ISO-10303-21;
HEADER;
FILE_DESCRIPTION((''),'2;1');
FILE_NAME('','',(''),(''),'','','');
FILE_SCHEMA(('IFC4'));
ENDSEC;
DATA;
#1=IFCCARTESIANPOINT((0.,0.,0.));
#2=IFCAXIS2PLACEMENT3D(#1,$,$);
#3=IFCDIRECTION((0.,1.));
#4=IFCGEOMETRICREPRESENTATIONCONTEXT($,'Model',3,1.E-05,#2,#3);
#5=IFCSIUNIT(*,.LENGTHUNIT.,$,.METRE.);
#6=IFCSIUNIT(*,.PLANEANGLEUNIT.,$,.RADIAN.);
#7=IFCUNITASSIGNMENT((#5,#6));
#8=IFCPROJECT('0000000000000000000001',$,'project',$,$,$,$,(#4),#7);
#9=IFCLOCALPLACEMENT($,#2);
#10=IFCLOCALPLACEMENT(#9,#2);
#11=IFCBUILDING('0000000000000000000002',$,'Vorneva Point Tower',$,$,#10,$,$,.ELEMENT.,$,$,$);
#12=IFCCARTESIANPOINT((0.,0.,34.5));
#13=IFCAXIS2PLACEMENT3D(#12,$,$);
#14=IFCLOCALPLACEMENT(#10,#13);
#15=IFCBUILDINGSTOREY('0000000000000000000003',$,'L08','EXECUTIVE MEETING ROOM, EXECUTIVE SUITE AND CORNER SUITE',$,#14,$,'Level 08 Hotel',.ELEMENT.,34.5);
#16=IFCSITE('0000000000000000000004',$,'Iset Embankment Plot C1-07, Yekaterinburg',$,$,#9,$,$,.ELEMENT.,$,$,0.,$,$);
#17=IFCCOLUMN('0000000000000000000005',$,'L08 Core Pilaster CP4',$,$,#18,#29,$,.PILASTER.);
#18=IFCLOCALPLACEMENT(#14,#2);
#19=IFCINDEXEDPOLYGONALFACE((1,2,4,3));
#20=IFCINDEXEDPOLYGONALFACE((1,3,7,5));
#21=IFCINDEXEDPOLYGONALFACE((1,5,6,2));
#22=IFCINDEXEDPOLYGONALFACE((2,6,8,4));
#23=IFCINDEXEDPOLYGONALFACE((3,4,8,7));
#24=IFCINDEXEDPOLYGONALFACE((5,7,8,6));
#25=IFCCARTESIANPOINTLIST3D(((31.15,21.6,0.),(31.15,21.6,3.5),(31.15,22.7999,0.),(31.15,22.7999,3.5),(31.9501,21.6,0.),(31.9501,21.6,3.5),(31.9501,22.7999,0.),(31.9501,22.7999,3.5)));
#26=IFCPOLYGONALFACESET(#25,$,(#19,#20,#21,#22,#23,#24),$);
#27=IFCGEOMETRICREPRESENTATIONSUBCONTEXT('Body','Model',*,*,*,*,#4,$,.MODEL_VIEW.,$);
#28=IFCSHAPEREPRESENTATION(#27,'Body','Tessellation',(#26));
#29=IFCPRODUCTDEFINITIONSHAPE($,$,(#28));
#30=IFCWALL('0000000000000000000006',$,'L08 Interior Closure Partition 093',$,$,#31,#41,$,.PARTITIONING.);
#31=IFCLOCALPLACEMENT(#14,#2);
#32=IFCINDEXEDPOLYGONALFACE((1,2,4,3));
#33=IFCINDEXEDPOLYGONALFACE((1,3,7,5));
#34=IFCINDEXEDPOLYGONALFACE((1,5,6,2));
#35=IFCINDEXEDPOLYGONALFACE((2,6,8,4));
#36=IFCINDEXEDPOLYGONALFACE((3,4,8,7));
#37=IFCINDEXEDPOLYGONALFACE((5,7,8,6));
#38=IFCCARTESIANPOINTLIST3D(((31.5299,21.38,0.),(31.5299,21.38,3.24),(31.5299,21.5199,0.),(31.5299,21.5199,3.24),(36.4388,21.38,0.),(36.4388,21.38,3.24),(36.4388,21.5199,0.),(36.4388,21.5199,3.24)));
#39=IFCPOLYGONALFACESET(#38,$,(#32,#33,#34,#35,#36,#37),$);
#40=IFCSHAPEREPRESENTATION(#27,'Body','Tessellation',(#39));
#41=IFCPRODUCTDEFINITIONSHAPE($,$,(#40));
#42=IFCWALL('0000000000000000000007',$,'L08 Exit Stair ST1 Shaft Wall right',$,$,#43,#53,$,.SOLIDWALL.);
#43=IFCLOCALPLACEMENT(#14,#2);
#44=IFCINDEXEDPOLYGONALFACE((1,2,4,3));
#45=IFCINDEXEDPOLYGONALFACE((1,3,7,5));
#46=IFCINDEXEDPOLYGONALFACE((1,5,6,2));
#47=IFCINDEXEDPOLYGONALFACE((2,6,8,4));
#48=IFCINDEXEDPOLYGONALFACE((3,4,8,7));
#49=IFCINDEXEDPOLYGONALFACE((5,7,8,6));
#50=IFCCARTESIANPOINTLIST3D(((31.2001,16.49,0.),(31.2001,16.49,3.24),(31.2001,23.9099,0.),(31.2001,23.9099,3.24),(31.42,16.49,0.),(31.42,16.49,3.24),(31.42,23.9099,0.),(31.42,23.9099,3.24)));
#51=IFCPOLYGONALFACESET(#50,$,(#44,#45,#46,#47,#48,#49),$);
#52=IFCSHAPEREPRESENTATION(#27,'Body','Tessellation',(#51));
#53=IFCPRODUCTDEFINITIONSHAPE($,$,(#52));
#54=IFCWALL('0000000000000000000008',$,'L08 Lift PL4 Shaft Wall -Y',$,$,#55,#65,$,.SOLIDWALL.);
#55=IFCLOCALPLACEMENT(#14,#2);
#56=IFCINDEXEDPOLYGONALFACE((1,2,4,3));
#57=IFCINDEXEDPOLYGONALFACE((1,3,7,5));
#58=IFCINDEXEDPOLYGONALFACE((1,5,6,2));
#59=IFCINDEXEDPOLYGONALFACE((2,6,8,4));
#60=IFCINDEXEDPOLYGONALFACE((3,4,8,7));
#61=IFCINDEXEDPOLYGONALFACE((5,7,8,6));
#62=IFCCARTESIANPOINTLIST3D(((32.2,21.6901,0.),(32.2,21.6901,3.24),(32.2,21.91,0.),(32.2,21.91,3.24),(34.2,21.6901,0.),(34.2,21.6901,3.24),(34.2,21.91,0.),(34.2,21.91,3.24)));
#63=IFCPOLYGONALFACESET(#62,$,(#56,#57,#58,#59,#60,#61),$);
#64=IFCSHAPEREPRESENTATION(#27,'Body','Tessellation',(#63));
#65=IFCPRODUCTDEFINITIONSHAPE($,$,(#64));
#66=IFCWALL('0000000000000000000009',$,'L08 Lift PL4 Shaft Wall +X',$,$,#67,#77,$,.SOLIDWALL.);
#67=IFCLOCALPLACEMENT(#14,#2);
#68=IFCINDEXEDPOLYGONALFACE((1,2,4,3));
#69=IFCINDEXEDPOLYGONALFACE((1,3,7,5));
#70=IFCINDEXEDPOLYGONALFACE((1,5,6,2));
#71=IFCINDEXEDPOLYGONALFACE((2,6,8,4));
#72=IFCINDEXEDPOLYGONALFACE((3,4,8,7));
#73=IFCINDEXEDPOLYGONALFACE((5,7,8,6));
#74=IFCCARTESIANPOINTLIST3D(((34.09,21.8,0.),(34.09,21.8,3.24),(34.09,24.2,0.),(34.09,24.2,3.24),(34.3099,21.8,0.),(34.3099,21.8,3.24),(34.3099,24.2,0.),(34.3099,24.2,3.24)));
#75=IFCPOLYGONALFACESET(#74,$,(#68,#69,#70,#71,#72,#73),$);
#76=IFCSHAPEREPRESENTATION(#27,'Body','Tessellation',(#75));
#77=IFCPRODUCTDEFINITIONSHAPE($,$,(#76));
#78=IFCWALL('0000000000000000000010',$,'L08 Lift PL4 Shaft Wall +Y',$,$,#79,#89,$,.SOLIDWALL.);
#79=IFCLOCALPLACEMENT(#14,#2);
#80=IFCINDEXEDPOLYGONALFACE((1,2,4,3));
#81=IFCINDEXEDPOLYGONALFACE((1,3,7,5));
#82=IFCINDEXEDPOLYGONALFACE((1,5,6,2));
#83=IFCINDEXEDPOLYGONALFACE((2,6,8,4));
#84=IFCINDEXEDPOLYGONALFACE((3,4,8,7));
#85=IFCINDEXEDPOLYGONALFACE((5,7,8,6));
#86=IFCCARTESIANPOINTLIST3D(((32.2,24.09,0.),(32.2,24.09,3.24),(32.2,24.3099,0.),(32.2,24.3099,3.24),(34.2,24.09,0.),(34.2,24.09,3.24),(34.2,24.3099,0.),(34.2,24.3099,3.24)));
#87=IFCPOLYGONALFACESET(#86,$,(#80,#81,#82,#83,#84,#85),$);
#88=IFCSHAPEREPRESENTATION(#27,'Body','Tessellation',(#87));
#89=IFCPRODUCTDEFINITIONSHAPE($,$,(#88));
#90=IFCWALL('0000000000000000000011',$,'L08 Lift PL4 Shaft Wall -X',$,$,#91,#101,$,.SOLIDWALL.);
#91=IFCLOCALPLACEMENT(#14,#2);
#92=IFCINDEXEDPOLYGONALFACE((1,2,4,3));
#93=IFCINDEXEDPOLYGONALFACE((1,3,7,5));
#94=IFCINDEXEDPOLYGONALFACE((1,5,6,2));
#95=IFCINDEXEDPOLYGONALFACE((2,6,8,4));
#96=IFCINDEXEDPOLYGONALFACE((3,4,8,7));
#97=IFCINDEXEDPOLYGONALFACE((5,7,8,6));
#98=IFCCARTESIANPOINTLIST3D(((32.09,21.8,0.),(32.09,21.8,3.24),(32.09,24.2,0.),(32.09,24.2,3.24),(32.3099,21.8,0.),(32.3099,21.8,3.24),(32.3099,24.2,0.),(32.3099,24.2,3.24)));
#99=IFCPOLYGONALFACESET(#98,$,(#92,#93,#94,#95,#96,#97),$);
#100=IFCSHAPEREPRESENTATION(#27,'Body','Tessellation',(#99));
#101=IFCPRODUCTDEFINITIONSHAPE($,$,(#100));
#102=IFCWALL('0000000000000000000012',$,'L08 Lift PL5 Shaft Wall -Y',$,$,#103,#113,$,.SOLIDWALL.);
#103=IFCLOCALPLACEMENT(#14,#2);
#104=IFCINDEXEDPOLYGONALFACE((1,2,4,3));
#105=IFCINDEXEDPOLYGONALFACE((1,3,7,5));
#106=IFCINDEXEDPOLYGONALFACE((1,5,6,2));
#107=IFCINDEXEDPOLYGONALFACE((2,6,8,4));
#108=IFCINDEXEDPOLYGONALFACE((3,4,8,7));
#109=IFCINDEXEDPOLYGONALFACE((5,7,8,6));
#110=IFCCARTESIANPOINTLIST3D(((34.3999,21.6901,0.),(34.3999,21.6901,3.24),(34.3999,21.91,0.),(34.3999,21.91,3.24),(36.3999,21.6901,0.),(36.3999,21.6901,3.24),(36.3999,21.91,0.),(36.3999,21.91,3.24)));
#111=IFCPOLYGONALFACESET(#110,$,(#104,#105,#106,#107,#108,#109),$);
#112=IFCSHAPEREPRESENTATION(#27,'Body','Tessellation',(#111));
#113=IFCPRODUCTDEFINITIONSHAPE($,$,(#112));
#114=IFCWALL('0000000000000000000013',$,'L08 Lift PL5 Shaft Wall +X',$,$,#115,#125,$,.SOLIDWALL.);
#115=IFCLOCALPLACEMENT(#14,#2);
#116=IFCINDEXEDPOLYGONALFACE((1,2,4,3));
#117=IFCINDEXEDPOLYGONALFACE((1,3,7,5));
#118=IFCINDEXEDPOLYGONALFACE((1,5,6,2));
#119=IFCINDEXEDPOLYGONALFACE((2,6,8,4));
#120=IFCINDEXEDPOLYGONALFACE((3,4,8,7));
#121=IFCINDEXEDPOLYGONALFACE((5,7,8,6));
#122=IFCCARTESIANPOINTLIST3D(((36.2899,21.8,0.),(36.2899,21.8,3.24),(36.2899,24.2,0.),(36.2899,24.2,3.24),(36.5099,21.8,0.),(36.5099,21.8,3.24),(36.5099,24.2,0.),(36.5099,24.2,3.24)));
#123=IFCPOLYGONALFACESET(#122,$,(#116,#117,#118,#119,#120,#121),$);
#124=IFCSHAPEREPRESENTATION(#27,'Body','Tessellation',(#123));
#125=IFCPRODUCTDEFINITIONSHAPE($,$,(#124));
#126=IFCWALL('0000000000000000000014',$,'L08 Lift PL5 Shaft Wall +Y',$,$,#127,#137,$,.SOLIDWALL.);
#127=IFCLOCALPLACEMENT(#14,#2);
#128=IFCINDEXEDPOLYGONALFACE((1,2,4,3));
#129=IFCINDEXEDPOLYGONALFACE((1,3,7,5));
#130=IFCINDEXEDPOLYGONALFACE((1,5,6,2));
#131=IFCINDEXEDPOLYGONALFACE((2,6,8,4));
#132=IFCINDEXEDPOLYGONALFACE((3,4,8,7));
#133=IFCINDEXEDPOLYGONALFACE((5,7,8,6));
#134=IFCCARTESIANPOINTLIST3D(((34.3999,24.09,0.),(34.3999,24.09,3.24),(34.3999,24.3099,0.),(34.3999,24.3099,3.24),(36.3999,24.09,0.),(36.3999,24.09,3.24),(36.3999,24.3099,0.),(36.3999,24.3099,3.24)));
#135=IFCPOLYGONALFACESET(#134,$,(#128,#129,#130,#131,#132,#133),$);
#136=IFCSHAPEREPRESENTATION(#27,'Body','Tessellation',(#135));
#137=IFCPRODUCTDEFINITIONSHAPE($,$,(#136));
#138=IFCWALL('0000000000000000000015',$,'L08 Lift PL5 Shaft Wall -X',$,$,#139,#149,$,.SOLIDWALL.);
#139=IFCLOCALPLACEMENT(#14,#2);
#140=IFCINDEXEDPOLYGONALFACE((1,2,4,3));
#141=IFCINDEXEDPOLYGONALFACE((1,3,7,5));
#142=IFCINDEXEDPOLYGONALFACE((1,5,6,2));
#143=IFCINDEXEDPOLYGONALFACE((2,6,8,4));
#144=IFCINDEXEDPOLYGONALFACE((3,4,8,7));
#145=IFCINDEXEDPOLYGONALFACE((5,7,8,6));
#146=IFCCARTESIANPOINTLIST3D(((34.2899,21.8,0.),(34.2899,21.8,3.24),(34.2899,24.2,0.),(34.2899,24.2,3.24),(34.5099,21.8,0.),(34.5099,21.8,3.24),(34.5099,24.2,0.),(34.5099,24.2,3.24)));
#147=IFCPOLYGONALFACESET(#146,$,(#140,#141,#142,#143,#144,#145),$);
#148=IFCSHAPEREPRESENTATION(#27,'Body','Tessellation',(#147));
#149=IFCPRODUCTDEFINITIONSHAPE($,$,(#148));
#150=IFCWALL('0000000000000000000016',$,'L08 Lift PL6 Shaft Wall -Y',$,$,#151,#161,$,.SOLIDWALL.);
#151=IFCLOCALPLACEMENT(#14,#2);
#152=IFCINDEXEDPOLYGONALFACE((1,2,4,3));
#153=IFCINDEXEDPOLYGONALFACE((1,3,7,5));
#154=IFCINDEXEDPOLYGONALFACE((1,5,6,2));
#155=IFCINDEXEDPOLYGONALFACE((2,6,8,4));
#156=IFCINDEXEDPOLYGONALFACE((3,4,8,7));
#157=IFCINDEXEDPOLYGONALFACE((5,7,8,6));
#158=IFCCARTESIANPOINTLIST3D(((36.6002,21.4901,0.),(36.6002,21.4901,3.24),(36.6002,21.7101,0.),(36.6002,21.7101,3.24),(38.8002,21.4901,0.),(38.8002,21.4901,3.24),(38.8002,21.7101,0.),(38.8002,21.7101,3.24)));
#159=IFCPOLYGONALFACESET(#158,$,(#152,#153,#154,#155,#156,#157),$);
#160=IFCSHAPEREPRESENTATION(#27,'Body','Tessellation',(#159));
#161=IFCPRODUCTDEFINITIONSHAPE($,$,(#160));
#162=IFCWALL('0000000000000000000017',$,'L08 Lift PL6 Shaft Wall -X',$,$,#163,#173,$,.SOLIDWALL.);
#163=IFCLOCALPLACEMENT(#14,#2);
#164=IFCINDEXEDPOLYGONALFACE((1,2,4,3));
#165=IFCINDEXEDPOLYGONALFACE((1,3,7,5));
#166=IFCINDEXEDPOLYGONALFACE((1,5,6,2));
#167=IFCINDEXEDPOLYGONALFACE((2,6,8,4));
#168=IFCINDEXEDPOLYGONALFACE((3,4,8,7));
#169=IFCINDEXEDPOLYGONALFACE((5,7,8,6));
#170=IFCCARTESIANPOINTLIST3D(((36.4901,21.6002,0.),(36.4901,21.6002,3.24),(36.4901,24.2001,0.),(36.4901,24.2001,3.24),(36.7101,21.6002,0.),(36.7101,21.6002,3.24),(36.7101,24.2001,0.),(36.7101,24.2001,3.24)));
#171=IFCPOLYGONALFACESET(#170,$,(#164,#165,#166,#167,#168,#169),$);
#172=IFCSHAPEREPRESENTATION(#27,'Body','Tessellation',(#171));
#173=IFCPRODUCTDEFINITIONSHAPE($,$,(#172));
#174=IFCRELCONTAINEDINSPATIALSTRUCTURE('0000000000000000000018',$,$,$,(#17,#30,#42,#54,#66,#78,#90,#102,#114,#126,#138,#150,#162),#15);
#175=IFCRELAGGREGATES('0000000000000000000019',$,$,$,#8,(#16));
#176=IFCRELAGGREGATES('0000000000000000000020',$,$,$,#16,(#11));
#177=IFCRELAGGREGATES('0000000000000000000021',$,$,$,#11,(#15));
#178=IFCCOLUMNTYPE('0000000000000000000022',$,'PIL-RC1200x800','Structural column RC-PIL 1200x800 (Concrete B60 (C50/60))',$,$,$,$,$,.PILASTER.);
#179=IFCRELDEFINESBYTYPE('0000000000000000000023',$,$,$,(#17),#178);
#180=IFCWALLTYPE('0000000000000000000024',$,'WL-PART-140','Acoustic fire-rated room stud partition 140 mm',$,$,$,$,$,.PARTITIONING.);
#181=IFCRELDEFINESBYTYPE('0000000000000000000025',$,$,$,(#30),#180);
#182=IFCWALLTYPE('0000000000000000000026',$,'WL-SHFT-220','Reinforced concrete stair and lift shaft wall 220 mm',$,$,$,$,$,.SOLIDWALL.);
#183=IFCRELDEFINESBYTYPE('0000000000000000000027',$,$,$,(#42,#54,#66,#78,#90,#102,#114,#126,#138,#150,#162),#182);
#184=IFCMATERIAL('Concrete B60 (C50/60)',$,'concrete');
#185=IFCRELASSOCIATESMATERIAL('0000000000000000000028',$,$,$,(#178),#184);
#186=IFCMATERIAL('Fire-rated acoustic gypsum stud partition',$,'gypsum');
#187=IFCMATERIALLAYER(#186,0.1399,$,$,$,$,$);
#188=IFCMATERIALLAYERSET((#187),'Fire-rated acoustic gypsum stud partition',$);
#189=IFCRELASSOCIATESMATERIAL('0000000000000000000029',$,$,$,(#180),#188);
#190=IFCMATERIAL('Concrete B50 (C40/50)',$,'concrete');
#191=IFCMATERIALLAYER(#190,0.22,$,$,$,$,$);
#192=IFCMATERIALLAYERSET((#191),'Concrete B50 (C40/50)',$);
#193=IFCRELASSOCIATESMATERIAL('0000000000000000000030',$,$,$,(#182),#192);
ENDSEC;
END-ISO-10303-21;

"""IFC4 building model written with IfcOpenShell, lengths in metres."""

from ifc_helpers import new_model, si_unit, direction, frame, frame_2d, origin, origin_2d, place, context, subcontext, project, spatial, rectangle, extrude, material, layer, layer_set, material_profile, profile_set, type_object, element, save


model = new_model("IFC4")

# Units and contexts
model_context = context("Model", 3, precision=1e-05, world=origin(), true_north=direction((0.0, 1.0)))
body_context = subcontext(model_context, "Body", "Model", "MODEL_VIEW")
ifc_project = project(units=[si_unit("LENGTHUNIT", "METRE"), si_unit("PLANEANGLEUNIT", "RADIAN")], contexts=[model_context])

# Site, building, storey
site_placement = place(None, origin())
site = spatial("IfcSite", under=ifc_project, at=site_placement, Name="Iset Embankment Plot C1-07, Yekaterinburg", CompositionType="ELEMENT", RefElevation=0.0)
building_placement = place(site_placement, origin())
building = spatial("IfcBuilding", under=site, at=building_placement, Name="Vorneva Point Tower", CompositionType="ELEMENT")
storey_placement = place(building_placement, frame((0.0, 0.0, 34.5)))
storey = spatial("IfcBuildingStorey", under=building, at=storey_placement, Name="L08", Description="EXECUTIVE MEETING ROOM, EXECUTIVE SUITE AND CORNER SUITE", LongName="Level 08 Hotel", CompositionType="ELEMENT", Elevation=34.5)

# Column
ifc_material_1 = material(Name="Concrete B60 (C50/60)", Category="concrete")
ifc_material_profile = material_profile(ifc_material_1, rectangle(XDim=0.8, YDim=1.2, at=origin_2d()), Name="RC-PIL 1200x800")
ifc_profile_set = profile_set([ifc_material_profile], Name="Concrete B60 (C50/60)")
column_type = type_object("IfcColumnType", Name="PIL-RC1200x800", Description="Structural column RC-PIL 1200x800 (Concrete B60 (C50/60))", PredefinedType="PILASTER", material=ifc_profile_set)
column_placement = place(storey_placement, frame((31.55, 22.2, 0.0), z_axis=(0.0, 0.0, 1.0), x_axis=(1.0, 0.0, 0.0)))
element("IfcColumn", 1, at=column_placement, inside=storey, type_object=column_type, Name="L08 Core Pilaster CP4", PredefinedType="PILASTER", context=body_context, shape_type="SweptSolid", body=[
    extrude(rectangle(XDim=0.8, YDim=1.2, at=origin_2d()), origin(), (0.0, 0.0, 1.0), 3.5),
])

# Wall
ifc_material_2 = material(Name="Fire-rated acoustic gypsum stud partition", Category="gypsum")
ifc_layer_1 = layer(ifc_material_2, 0.1399)
ifc_layer_set_1 = layer_set([ifc_layer_1], Name="Fire-rated acoustic gypsum stud partition")
wall_type_1 = type_object("IfcWallType", Name="WL-PART-140", Description="Acoustic fire-rated room stud partition 140 mm", PredefinedType="PARTITIONING", material=ifc_layer_set_1)
wall_1_placement = place(storey_placement, frame((36.439, 21.45, 0.0), z_axis=(0.0, 0.0, 1.0), x_axis=(-1.0, 0.0, 0.0)))
element("IfcWall", 2, at=wall_1_placement, inside=storey, type_object=wall_type_1, Name="L08 Interior Closure Partition 093", PredefinedType="PARTITIONING", context=body_context, shape_type="SweptSolid", body=[
    extrude(rectangle(XDim=4.9089, YDim=0.1399, at=frame_2d((2.4546, 0.0))), origin(), (0.0, 0.0, 1.0), 3.24),
])

# Shared definitions
ifc_material_3 = material(Name="Concrete B50 (C40/50)", Category="concrete")
ifc_layer_2 = layer(ifc_material_3, 0.22)
ifc_layer_set_2 = layer_set([ifc_layer_2], Name="Concrete B50 (C40/50)")
wall_type_2 = type_object("IfcWallType", Name="WL-SHFT-220", Description="Reinforced concrete stair and lift shaft wall 220 mm", PredefinedType="SOLIDWALL", material=ifc_layer_set_2)

# Walls
wall_2_placement = place(storey_placement, frame((31.3101, 23.9099, 0.0), z_axis=(0.0, 0.0, 1.0), x_axis=(0.0, -1.0, 0.0)))
element("IfcWall", 3, at=wall_2_placement, inside=storey, type_object=wall_type_2, Name="L08 Exit Stair ST1 Shaft Wall right", PredefinedType="SOLIDWALL", context=body_context, shape_type="SweptSolid", body=[
    extrude(rectangle(XDim=7.4199, YDim=0.22, at=frame_2d((3.71, 0.0))), origin(), (0.0, 0.0, 1.0), 3.24),
])
wall_3_placement = place(storey_placement, frame((32.2, 21.8, 0.0), z_axis=(0.0, 0.0, 1.0), x_axis=(1.0, 0.0, 0.0)))
element("IfcWall", 4, at=wall_3_placement, inside=storey, type_object=wall_type_2, Name="L08 Lift PL4 Shaft Wall -Y", PredefinedType="SOLIDWALL", context=body_context, shape_type="SweptSolid", body=[
    extrude(rectangle(XDim=2.0, YDim=0.22, at=frame_2d((1.0, 0.0))), origin(), (0.0, 0.0, 1.0), 3.24),
])
wall_4_placement = place(storey_placement, frame((34.2, 21.8, 0.0), z_axis=(0.0, 0.0, 1.0), x_axis=(0.0, 1.0, 0.0)))
element("IfcWall", 5, at=wall_4_placement, inside=storey, type_object=wall_type_2, Name="L08 Lift PL4 Shaft Wall +X", PredefinedType="SOLIDWALL", context=body_context, shape_type="SweptSolid", body=[
    extrude(rectangle(XDim=2.3999, YDim=0.22, at=frame_2d((1.2, 0.0))), origin(), (0.0, 0.0, 1.0), 3.24),
])
wall_5_placement = place(storey_placement, frame((34.2, 24.2, 0.0), z_axis=(0.0, 0.0, 1.0), x_axis=(-1.0, 0.0, 0.0)))
element("IfcWall", 6, at=wall_5_placement, inside=storey, type_object=wall_type_2, Name="L08 Lift PL4 Shaft Wall +Y", PredefinedType="SOLIDWALL", context=body_context, shape_type="SweptSolid", body=[
    extrude(rectangle(XDim=2.0, YDim=0.22, at=frame_2d((1.0, 0.0))), origin(), (0.0, 0.0, 1.0), 3.24),
])
wall_6_placement = place(storey_placement, frame((32.2, 24.2, 0.0), z_axis=(0.0, 0.0, 1.0), x_axis=(0.0, -1.0, 0.0)))
element("IfcWall", 7, at=wall_6_placement, inside=storey, type_object=wall_type_2, Name="L08 Lift PL4 Shaft Wall -X", PredefinedType="SOLIDWALL", context=body_context, shape_type="SweptSolid", body=[
    extrude(rectangle(XDim=2.3999, YDim=0.22, at=frame_2d((1.2, 0.0))), origin(), (0.0, 0.0, 1.0), 3.24),
])
wall_7_placement = place(storey_placement, frame((34.3999, 21.8, 0.0), z_axis=(0.0, 0.0, 1.0), x_axis=(1.0, 0.0, 0.0)))
element("IfcWall", 8, at=wall_7_placement, inside=storey, type_object=wall_type_2, Name="L08 Lift PL5 Shaft Wall -Y", PredefinedType="SOLIDWALL", context=body_context, shape_type="SweptSolid", body=[
    extrude(rectangle(XDim=2.0, YDim=0.22, at=frame_2d((1.0, 0.0))), origin(), (0.0, 0.0, 1.0), 3.24),
])
wall_8_placement = place(storey_placement, frame((36.3999, 21.8, 0.0), z_axis=(0.0, 0.0, 1.0), x_axis=(0.0, 1.0, 0.0)))
element("IfcWall", 9, at=wall_8_placement, inside=storey, type_object=wall_type_2, Name="L08 Lift PL5 Shaft Wall +X", PredefinedType="SOLIDWALL", context=body_context, shape_type="SweptSolid", body=[
    extrude(rectangle(XDim=2.3999, YDim=0.22, at=frame_2d((1.2, 0.0))), origin(), (0.0, 0.0, 1.0), 3.24),
])
wall_9_placement = place(storey_placement, frame((36.3999, 24.2, 0.0), z_axis=(0.0, 0.0, 1.0), x_axis=(-1.0, 0.0, 0.0)))
element("IfcWall", 10, at=wall_9_placement, inside=storey, type_object=wall_type_2, Name="L08 Lift PL5 Shaft Wall +Y", PredefinedType="SOLIDWALL", context=body_context, shape_type="SweptSolid", body=[
    extrude(rectangle(XDim=2.0, YDim=0.22, at=frame_2d((1.0, 0.0))), origin(), (0.0, 0.0, 1.0), 3.24),
])
wall_10_placement = place(storey_placement, frame((34.3999, 24.2, 0.0), z_axis=(0.0, 0.0, 1.0), x_axis=(0.0, -1.0, 0.0)))
element("IfcWall", 11, at=wall_10_placement, inside=storey, type_object=wall_type_2, Name="L08 Lift PL5 Shaft Wall -X", PredefinedType="SOLIDWALL", context=body_context, shape_type="SweptSolid", body=[
    extrude(rectangle(XDim=2.3999, YDim=0.22, at=frame_2d((1.2, 0.0))), origin(), (0.0, 0.0, 1.0), 3.24),
])
wall_11_placement = place(storey_placement, frame((36.6001, 21.6001, 0.0), z_axis=(0.0, 0.0, 1.0), x_axis=(1.0, 0.0, 0.0)))
element("IfcWall", 12, at=wall_11_placement, inside=storey, type_object=wall_type_2, Name="L08 Lift PL6 Shaft Wall -Y", PredefinedType="SOLIDWALL", context=body_context, shape_type="SweptSolid", body=[
    extrude(rectangle(XDim=2.2, YDim=0.22, at=frame_2d((1.1001, 0.0))), origin(), (0.0, 0.0, 1.0), 3.24),
])
wall_12_placement = place(storey_placement, frame((36.6001, 24.2, 0.0), z_axis=(0.0, 0.0, 1.0), x_axis=(0.0, -1.0, 0.0)))
element("IfcWall", 13, at=wall_12_placement, inside=storey, type_object=wall_type_2, Name="L08 Lift PL6 Shaft Wall -X", PredefinedType="SOLIDWALL", context=body_context, shape_type="SweptSolid", body=[
    extrude(rectangle(XDim=2.5999, YDim=0.22, at=frame_2d((1.2998, 0.0))), origin(), (0.0, 0.0, 1.0), 3.24),
])

save(model, "model.ifc")
